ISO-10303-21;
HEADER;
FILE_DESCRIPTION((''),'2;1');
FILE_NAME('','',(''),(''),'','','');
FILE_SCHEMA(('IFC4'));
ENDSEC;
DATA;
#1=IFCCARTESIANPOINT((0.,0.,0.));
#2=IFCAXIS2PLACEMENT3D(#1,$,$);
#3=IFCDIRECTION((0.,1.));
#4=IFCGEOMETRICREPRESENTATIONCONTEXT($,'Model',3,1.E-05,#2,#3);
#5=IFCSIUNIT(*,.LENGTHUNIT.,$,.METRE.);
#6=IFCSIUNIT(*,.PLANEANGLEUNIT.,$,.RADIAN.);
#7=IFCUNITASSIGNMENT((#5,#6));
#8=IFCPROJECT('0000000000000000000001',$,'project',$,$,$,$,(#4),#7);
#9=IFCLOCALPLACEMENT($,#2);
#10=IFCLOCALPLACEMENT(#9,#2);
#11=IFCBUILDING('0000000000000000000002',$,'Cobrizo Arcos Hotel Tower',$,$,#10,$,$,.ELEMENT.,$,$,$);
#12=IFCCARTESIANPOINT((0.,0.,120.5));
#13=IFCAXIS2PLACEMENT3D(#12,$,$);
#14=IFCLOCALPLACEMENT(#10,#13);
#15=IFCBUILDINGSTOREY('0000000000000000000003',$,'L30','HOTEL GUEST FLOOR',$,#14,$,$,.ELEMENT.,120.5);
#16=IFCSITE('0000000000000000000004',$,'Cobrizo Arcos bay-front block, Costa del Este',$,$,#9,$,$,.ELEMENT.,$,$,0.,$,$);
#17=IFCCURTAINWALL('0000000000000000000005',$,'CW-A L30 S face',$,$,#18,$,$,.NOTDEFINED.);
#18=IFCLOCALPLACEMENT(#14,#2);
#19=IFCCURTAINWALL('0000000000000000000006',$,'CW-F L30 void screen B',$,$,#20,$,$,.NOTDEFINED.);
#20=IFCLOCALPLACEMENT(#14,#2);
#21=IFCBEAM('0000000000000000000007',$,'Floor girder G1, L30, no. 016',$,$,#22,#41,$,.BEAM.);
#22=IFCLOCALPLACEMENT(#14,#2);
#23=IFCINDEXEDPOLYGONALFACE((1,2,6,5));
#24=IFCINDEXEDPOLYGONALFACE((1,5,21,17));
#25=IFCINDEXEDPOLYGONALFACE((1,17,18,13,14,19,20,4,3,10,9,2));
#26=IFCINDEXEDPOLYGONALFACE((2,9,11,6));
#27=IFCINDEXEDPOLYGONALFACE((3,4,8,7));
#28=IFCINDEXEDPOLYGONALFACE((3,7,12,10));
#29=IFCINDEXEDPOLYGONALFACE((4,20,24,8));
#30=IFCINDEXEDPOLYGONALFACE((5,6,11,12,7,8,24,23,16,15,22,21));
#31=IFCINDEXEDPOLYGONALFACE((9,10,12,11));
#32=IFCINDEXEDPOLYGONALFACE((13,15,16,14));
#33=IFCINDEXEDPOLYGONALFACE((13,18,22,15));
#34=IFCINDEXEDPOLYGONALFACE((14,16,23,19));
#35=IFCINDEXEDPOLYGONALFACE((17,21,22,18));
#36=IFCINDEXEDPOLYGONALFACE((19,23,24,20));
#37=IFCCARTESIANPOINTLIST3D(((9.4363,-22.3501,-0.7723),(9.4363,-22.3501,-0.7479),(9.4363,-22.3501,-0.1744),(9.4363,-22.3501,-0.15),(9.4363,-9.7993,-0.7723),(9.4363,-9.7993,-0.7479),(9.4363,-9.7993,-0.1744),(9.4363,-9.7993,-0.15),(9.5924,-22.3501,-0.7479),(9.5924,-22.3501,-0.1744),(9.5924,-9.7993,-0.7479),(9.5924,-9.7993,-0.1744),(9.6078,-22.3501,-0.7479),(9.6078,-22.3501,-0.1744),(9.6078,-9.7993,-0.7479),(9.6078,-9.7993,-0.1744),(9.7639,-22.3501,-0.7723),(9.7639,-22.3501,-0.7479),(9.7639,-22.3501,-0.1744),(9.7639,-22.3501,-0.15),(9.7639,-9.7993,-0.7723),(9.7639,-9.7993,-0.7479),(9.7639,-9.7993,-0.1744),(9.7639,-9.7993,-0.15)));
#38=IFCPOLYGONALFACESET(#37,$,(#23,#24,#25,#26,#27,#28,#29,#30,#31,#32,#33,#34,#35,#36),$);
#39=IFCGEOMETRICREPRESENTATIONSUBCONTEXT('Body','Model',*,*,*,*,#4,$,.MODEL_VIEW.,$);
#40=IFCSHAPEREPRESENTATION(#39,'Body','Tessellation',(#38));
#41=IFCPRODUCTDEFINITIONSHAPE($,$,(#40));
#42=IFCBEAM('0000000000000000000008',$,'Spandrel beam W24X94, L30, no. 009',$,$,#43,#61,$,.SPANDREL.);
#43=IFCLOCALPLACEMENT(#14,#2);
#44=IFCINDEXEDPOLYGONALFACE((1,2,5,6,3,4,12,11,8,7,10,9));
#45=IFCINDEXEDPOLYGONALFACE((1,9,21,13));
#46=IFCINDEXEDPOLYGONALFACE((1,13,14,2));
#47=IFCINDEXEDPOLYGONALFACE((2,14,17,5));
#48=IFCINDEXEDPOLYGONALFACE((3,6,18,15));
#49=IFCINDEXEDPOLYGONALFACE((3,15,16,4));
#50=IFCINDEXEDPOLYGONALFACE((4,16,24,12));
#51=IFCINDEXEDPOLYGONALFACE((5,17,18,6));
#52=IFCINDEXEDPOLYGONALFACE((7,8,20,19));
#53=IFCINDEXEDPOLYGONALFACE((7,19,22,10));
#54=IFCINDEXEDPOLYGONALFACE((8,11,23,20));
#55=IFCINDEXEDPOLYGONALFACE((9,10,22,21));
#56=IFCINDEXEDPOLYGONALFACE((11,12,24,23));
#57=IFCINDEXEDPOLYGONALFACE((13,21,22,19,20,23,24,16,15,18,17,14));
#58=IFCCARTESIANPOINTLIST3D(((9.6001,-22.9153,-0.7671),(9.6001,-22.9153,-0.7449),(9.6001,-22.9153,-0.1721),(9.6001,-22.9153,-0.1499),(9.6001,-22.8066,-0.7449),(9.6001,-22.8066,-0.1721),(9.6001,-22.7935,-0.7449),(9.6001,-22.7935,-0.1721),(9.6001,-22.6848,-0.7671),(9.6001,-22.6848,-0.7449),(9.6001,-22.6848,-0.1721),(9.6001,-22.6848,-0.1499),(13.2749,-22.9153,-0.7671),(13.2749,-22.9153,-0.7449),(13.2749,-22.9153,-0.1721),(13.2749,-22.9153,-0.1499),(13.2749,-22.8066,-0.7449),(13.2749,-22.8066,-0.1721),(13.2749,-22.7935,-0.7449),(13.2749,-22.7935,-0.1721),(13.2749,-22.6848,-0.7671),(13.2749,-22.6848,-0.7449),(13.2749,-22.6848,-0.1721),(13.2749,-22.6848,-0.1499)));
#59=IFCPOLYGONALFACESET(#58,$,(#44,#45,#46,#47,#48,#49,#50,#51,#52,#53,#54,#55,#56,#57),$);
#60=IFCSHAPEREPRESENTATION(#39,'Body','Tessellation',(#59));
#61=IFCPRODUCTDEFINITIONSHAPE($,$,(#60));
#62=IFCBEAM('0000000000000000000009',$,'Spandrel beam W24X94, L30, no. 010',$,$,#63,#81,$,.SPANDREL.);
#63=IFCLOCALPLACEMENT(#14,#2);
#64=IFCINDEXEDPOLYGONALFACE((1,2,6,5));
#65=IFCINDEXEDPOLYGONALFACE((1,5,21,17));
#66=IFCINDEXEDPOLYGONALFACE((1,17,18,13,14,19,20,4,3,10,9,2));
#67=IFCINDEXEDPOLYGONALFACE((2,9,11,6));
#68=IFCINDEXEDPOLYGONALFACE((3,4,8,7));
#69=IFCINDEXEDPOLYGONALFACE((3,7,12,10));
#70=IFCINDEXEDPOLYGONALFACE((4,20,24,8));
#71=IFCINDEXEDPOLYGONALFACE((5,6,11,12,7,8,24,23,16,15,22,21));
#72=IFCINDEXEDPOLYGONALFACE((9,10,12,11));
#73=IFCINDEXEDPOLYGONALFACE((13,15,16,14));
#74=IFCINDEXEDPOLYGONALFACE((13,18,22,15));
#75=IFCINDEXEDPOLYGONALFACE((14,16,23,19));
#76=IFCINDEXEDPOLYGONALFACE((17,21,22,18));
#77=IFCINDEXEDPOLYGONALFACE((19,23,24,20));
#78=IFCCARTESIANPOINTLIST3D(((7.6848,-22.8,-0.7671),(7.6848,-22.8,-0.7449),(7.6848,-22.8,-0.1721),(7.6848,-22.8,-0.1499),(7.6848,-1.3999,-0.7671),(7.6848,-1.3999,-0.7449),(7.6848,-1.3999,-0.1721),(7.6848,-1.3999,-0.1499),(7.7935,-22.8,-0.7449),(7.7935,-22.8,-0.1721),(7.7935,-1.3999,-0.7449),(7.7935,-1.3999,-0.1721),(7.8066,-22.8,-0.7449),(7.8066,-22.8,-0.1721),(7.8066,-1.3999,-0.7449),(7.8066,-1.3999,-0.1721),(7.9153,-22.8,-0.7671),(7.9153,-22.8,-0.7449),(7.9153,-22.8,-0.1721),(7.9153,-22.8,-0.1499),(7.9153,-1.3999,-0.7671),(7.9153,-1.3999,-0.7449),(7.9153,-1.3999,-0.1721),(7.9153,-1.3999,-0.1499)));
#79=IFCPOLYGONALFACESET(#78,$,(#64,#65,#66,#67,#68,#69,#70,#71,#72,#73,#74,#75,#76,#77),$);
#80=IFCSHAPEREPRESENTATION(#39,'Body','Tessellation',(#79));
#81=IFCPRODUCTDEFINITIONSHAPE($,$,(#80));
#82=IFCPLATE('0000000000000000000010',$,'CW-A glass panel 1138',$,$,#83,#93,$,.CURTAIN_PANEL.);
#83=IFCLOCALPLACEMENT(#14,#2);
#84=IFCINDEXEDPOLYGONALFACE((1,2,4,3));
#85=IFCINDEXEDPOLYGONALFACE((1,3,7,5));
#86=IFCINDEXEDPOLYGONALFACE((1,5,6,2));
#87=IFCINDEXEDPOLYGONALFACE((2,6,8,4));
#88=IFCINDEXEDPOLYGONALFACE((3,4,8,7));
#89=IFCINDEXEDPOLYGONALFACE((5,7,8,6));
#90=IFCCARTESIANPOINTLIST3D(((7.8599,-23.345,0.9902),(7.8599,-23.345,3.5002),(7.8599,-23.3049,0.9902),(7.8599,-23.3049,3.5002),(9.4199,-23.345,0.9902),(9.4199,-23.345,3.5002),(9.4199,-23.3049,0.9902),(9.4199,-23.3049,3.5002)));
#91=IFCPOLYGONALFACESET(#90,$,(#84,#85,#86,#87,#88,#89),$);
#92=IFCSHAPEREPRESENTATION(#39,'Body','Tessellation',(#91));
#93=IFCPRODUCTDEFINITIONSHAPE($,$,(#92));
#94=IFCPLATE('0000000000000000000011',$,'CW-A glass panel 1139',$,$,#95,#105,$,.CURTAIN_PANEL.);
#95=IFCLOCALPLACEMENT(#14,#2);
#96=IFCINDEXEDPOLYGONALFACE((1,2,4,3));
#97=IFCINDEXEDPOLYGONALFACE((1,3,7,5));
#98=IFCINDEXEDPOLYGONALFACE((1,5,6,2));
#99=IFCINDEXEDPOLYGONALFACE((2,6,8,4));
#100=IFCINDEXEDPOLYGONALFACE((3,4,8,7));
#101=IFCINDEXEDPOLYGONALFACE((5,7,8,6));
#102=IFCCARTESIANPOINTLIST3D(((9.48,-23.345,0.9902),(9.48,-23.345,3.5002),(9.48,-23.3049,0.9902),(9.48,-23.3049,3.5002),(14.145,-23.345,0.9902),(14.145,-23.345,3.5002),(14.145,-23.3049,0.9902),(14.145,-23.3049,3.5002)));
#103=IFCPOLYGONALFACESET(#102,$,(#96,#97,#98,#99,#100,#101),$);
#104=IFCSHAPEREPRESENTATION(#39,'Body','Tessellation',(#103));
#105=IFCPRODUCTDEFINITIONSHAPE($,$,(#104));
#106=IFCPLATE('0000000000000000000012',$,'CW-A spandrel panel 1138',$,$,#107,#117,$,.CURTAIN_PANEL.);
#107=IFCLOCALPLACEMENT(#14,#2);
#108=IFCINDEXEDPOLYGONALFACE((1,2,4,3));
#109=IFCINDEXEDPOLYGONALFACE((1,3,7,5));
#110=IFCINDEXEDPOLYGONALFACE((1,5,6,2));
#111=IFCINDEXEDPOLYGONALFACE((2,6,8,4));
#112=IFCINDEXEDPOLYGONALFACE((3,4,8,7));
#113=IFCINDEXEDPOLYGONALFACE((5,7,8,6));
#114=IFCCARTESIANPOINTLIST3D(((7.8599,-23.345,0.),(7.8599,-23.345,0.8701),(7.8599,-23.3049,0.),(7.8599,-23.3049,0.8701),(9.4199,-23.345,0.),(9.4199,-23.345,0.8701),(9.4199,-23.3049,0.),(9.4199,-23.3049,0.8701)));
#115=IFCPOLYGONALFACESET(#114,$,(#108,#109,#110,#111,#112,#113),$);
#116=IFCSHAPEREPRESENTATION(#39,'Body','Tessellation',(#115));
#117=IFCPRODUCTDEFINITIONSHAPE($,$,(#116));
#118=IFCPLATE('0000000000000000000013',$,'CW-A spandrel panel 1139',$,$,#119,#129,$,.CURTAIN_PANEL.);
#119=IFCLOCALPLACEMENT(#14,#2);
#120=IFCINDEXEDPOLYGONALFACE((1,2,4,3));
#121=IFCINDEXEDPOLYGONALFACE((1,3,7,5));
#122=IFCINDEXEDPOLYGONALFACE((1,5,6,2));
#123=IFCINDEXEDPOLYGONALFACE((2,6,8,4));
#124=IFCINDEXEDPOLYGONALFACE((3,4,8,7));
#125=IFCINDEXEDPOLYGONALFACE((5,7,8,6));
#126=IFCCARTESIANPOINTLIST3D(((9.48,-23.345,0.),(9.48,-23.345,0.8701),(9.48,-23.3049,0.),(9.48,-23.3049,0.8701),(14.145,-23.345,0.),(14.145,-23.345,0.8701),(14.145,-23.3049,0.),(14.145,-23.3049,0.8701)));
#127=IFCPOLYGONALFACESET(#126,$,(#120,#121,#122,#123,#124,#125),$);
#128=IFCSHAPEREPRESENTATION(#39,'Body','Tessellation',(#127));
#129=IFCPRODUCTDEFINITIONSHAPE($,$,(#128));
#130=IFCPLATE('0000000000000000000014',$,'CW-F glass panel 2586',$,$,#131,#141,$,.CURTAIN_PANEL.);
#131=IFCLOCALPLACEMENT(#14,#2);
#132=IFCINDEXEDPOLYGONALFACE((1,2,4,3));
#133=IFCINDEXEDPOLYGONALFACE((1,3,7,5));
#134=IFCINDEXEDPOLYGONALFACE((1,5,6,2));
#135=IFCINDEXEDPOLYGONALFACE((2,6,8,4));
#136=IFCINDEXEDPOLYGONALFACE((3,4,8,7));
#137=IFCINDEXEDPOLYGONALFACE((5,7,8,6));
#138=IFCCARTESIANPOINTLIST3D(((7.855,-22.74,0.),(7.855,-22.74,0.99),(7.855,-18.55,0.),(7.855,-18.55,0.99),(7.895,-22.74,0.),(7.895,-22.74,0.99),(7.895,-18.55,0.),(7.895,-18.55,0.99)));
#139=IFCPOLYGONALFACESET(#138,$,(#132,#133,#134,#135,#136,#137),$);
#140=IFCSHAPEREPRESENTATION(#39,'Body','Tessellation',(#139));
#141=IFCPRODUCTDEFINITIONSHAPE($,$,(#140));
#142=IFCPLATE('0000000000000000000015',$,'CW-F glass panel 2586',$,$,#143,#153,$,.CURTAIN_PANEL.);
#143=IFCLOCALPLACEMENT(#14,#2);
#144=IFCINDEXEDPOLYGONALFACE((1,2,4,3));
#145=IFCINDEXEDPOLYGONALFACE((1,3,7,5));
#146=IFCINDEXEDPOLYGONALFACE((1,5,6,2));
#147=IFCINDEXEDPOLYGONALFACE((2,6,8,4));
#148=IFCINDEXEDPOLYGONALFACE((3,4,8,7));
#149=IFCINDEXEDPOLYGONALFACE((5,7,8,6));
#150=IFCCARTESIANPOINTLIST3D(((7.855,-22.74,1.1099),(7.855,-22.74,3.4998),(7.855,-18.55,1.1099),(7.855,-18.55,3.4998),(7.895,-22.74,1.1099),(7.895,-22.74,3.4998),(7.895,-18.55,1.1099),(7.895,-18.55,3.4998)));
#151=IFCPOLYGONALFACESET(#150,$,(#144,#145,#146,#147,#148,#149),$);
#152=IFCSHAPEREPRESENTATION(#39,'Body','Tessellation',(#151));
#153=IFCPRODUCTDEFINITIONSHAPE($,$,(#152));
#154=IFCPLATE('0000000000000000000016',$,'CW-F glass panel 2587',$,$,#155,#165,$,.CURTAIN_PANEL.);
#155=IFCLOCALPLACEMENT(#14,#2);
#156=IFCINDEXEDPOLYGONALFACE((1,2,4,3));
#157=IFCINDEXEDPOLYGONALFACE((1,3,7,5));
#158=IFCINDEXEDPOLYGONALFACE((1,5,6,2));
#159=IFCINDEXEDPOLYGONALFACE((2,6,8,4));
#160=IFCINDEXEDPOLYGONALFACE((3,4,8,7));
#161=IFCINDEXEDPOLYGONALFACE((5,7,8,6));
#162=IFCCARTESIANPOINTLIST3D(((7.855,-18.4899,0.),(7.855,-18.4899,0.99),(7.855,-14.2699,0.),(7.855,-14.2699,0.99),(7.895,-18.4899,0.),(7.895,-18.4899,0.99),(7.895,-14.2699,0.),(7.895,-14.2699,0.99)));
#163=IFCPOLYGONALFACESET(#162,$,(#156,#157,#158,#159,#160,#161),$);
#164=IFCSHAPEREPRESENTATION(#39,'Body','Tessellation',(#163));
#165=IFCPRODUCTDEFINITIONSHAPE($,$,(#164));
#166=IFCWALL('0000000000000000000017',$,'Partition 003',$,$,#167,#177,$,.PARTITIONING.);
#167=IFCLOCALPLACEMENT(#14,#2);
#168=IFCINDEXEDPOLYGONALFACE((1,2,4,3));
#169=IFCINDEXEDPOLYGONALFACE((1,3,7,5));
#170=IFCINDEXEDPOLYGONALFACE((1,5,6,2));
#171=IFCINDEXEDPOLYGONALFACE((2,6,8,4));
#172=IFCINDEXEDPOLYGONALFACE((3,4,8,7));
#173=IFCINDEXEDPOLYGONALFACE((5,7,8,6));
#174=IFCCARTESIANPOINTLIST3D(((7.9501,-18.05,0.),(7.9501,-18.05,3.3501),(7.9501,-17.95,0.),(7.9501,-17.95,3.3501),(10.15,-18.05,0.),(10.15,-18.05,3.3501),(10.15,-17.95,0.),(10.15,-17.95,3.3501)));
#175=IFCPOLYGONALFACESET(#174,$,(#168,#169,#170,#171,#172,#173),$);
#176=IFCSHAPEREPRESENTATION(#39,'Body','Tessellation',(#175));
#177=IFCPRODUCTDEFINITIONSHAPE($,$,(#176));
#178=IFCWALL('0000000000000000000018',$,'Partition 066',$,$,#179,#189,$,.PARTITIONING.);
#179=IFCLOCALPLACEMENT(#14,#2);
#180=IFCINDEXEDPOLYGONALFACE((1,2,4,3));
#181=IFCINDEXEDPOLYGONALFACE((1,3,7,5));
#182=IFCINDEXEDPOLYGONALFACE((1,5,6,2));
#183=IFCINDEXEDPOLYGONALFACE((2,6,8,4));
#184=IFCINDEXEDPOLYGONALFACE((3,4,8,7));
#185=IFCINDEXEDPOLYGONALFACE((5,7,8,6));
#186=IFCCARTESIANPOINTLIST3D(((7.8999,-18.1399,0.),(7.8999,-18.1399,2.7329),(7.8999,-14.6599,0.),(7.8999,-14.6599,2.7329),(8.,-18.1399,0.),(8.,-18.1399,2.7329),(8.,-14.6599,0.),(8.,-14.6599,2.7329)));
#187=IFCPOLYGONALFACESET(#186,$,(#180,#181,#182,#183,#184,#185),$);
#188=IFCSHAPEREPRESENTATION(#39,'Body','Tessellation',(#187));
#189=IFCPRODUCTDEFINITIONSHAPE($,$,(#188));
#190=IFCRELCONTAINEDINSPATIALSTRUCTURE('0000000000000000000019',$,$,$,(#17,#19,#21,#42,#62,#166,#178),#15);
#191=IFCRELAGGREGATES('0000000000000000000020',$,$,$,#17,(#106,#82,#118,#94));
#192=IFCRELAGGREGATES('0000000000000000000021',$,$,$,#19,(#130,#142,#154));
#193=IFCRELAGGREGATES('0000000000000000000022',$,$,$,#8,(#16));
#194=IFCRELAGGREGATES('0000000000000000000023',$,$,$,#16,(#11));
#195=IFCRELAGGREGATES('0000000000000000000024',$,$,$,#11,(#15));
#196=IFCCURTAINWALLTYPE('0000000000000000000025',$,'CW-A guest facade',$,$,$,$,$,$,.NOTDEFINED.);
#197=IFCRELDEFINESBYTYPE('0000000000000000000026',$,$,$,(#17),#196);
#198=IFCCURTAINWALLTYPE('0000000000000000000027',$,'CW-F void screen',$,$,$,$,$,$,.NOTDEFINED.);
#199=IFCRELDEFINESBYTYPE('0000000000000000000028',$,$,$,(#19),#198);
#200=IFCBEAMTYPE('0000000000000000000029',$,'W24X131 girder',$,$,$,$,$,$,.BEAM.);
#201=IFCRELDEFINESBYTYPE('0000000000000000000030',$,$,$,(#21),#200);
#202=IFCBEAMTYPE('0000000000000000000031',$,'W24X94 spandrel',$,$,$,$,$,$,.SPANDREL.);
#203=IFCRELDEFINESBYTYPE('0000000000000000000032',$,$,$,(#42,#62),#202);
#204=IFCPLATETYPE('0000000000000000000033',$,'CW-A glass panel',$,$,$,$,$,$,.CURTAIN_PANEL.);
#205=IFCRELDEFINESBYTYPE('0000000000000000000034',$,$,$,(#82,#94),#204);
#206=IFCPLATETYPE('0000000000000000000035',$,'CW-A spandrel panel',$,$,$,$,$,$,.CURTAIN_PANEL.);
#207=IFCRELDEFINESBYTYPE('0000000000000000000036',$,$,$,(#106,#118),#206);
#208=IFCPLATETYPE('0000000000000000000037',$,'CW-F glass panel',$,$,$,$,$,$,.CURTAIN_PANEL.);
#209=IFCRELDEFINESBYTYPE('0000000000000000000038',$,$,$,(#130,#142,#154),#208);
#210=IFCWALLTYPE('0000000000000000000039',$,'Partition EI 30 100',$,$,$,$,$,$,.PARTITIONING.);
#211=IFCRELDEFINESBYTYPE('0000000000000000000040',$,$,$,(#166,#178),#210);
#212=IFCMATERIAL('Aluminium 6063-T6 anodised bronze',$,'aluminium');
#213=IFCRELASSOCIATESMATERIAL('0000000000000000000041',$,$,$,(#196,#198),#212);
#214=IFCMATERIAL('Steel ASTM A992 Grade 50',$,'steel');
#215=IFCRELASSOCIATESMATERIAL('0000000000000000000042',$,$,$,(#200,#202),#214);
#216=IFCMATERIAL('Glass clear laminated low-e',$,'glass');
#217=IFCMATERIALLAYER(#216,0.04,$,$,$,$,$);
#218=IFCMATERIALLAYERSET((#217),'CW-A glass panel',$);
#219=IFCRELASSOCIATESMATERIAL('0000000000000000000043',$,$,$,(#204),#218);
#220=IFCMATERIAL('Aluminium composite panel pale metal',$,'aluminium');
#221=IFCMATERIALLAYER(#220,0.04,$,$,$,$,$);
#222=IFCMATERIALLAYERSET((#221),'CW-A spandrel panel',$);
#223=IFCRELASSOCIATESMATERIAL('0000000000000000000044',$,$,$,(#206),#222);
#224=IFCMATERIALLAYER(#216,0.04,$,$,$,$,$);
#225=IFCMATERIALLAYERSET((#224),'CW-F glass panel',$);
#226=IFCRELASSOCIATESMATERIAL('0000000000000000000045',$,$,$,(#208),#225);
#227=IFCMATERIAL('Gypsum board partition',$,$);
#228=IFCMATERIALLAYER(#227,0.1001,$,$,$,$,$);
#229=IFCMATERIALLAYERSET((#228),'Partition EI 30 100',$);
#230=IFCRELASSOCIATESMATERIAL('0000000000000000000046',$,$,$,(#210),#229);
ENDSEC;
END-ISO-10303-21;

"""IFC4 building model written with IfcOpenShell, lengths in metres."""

from ifc_helpers import new_model, si_unit, direction, frame, frame_2d, origin, origin_2d, place, context, subcontext, project, spatial, rectangle, i_section, extrude, material, layer, layer_set, material_profile, profile_set, type_object, element, aggregate, save


model = new_model("IFC4")

# Units and contexts
model_context = context("Model", 3, precision=1e-05, world=origin(), true_north=direction((0.0, 1.0)))
body_context = subcontext(model_context, "Body", "Model", "MODEL_VIEW")
ifc_project = project(units=[si_unit("LENGTHUNIT", "METRE"), si_unit("PLANEANGLEUNIT", "RADIAN")], contexts=[model_context])

# Site, building, storey
site_placement = place(None, origin())
site = spatial("IfcSite", under=ifc_project, at=site_placement, Name="Cobrizo Arcos bay-front block, Costa del Este", CompositionType="ELEMENT", RefElevation=0.0)
building_placement = place(site_placement, origin())
building = spatial("IfcBuilding", under=site, at=building_placement, Name="Cobrizo Arcos Hotel Tower", CompositionType="ELEMENT")
storey_placement = place(building_placement, frame((0.0, 0.0, 120.5)))
storey = spatial("IfcBuildingStorey", under=building, at=storey_placement, Name="L30", Description="HOTEL GUEST FLOOR", CompositionType="ELEMENT", Elevation=120.5)

# Curtain walls
ifc_material_1 = material(Name="Aluminium 6063-T6 anodised bronze", Category="aluminium")
curtain_wall_type_1 = type_object("IfcCurtainWallType", Name="CW-A guest facade", PredefinedType="NOTDEFINED", material=ifc_material_1)
curtain_wall_1_placement = place(storey_placement, origin())
curtain_wall_1 = element("IfcCurtainWall", 1, at=curtain_wall_1_placement, inside=storey, type_object=curtain_wall_type_1, Name="CW-A L30 S face", PredefinedType="NOTDEFINED")
curtain_wall_type_2 = type_object("IfcCurtainWallType", Name="CW-F void screen", PredefinedType="NOTDEFINED", material=ifc_material_1)
curtain_wall_2_placement = place(storey_placement, origin())
curtain_wall_2 = element("IfcCurtainWall", 2, at=curtain_wall_2_placement, inside=storey, type_object=curtain_wall_type_2, Name="CW-F L30 void screen B", PredefinedType="NOTDEFINED")

# Beams
ifc_material_2 = material(Name="Steel ASTM A992 Grade 50", Category="steel")
ifc_material_profile_1 = material_profile(ifc_material_2, i_section(OverallWidth=0.3276, OverallDepth=0.6223, WebThickness=0.0154, FlangeThickness=0.0244, at=origin_2d()), Name="W24X131")
ifc_profile_set_1 = profile_set([ifc_material_profile_1], Name="Steel ASTM A992 Grade 50")
beam_type_1 = type_object("IfcBeamType", Name="W24X131 girder", PredefinedType="BEAM", material=ifc_profile_set_1)
beam_1_placement = place(storey_placement, frame((9.6001, -22.3501, -0.4612), z_axis=(0.0, 1.0, 0.0), x_axis=(-1.0, 0.0, 0.0)))
element("IfcBeam", 3, at=beam_1_placement, inside=storey, type_object=beam_type_1, Name="Floor girder G1, L30, no. 016", PredefinedType="BEAM", context=body_context, shape_type="SweptSolid", body=[
    extrude(i_section(OverallWidth=0.3276, OverallDepth=0.6223, WebThickness=0.0154, FlangeThickness=0.0244, at=origin_2d()), origin(), (0.0, 0.0, 1.0), 12.5508),
])
ifc_material_profile_2 = material_profile(ifc_material_2, i_section(OverallWidth=0.2305, OverallDepth=0.6172, WebThickness=0.0132, FlangeThickness=0.0222, at=origin_2d()), Name="W24X94")
ifc_profile_set_2 = profile_set([ifc_material_profile_2], Name="Steel ASTM A992 Grade 50")
beam_type_2 = type_object("IfcBeamType", Name="W24X94 spandrel", PredefinedType="SPANDREL", material=ifc_profile_set_2)
beam_2_placement = place(storey_placement, frame((13.2749, -22.8, -0.4585), z_axis=(-1.0, 0.0, 0.0), x_axis=(0.0, -1.0, 0.0)))
element("IfcBeam", 4, at=beam_2_placement, inside=storey, type_object=beam_type_2, Name="Spandrel beam W24X94, L30, no. 009", PredefinedType="SPANDREL", context=body_context, shape_type="SweptSolid", body=[
    extrude(i_section(OverallWidth=0.2305, OverallDepth=0.6172, WebThickness=0.0132, FlangeThickness=0.0222, at=origin_2d()), origin(), (0.0, 0.0, 1.0), 3.6748),
])
beam_3_placement = place(storey_placement, frame((7.8, -22.8, -0.4585), z_axis=(0.0, 1.0, 0.0), x_axis=(-1.0, 0.0, 0.0)))
element("IfcBeam", 5, at=beam_3_placement, inside=storey, type_object=beam_type_2, Name="Spandrel beam W24X94, L30, no. 010", PredefinedType="SPANDREL", context=body_context, shape_type="SweptSolid", body=[
    extrude(i_section(OverallWidth=0.2305, OverallDepth=0.6172, WebThickness=0.0132, FlangeThickness=0.0222, at=origin_2d()), origin(), (0.0, 0.0, 1.0), 21.4001),
])

# Plates
ifc_material_3 = material(Name="Glass clear laminated low-e", Category="glass")
ifc_layer_1 = layer(ifc_material_3, 0.04)
ifc_layer_set_1 = layer_set([ifc_layer_1], Name="CW-A glass panel")
plate_type_1 = type_object("IfcPlateType", Name="CW-A glass panel", PredefinedType="CURTAIN_PANEL", material=ifc_layer_set_1)
plate_1_placement = place(storey_placement, frame((8.6399, -23.325, 0.9902), z_axis=(0.0, 0.0, 1.0), x_axis=(1.0, 0.0, 0.0)))
plate_1 = element("IfcPlate", 6, at=plate_1_placement, type_object=plate_type_1, Name="CW-A glass panel 1138", PredefinedType="CURTAIN_PANEL", context=body_context, shape_type="SweptSolid", body=[
    extrude(rectangle(XDim=1.5601, YDim=0.04, at=origin_2d()), origin(), (0.0, 0.0, 1.0), 2.51),
])
plate_2_placement = place(storey_placement, frame((11.8125, -23.325, 0.9902), z_axis=(0.0, 0.0, 1.0), x_axis=(1.0, 0.0, 0.0)))
plate_2 = element("IfcPlate", 7, at=plate_2_placement, type_object=plate_type_1, Name="CW-A glass panel 1139", PredefinedType="CURTAIN_PANEL", context=body_context, shape_type="SweptSolid", body=[
    extrude(rectangle(XDim=4.665, YDim=0.04, at=origin_2d()), origin(), (0.0, 0.0, 1.0), 2.51),
])
ifc_material_4 = material(Name="Aluminium composite panel pale metal", Category="aluminium")
ifc_layer_2 = layer(ifc_material_4, 0.04)
ifc_layer_set_2 = layer_set([ifc_layer_2], Name="CW-A spandrel panel")
plate_type_2 = type_object("IfcPlateType", Name="CW-A spandrel panel", PredefinedType="CURTAIN_PANEL", material=ifc_layer_set_2)
plate_3_placement = place(storey_placement, frame((8.6399, -23.325, 0.0), z_axis=(0.0, 0.0, 1.0), x_axis=(1.0, 0.0, 0.0)))
plate_3 = element("IfcPlate", 8, at=plate_3_placement, type_object=plate_type_2, Name="CW-A spandrel panel 1138", PredefinedType="CURTAIN_PANEL", context=body_context, shape_type="SweptSolid", body=[
    extrude(rectangle(XDim=1.5601, YDim=0.04, at=origin_2d()), origin(), (0.0, 0.0, 1.0), 0.8701),
])
plate_4_placement = place(storey_placement, frame((11.8125, -23.325, 0.0), z_axis=(0.0, 0.0, 1.0), x_axis=(1.0, 0.0, 0.0)))
plate_4 = element("IfcPlate", 9, at=plate_4_placement, type_object=plate_type_2, Name="CW-A spandrel panel 1139", PredefinedType="CURTAIN_PANEL", context=body_context, shape_type="SweptSolid", body=[
    extrude(rectangle(XDim=4.665, YDim=0.04, at=origin_2d()), origin(), (0.0, 0.0, 1.0), 0.8701),
])
aggregate(curtain_wall_1, [plate_3, plate_1, plate_4, plate_2])
ifc_layer_3 = layer(ifc_material_3, 0.04)
ifc_layer_set_3 = layer_set([ifc_layer_3], Name="CW-F glass panel")
plate_type_3 = type_object("IfcPlateType", Name="CW-F glass panel", PredefinedType="CURTAIN_PANEL", material=ifc_layer_set_3)
plate_5_placement = place(storey_placement, frame((7.875, -20.645, 0.0), z_axis=(0.0, 0.0, 1.0), x_axis=(0.0, 1.0, 0.0)))
plate_5 = element("IfcPlate", 10, at=plate_5_placement, type_object=plate_type_3, Name="CW-F glass panel 2586", PredefinedType="CURTAIN_PANEL", context=body_context, shape_type="SweptSolid", body=[
    extrude(rectangle(XDim=4.1899, YDim=0.04, at=origin_2d()), origin(), (0.0, 0.0, 1.0), 0.99),
])
plate_6_placement = place(storey_placement, frame((7.875, -20.645, 1.1099), z_axis=(0.0, 0.0, 1.0), x_axis=(0.0, 1.0, 0.0)))
plate_6 = element("IfcPlate", 11, at=plate_6_placement, type_object=plate_type_3, Name="CW-F glass panel 2586", PredefinedType="CURTAIN_PANEL", context=body_context, shape_type="SweptSolid", body=[
    extrude(rectangle(XDim=4.1899, YDim=0.04, at=origin_2d()), origin(), (0.0, 0.0, 1.0), 2.3899),
])
plate_7_placement = place(storey_placement, frame((7.875, -16.3799, 0.0), z_axis=(0.0, 0.0, 1.0), x_axis=(0.0, 1.0, 0.0)))
plate_7 = element("IfcPlate", 12, at=plate_7_placement, type_object=plate_type_3, Name="CW-F glass panel 2587", PredefinedType="CURTAIN_PANEL", context=body_context, shape_type="SweptSolid", body=[
    extrude(rectangle(XDim=4.22, YDim=0.04, at=origin_2d()), origin(), (0.0, 0.0, 1.0), 0.99),
])
aggregate(curtain_wall_2, [plate_5, plate_6, plate_7])

# Walls
ifc_material_5 = material(Name="Gypsum board partition")
ifc_layer_4 = layer(ifc_material_5, 0.1001)
ifc_layer_set_4 = layer_set([ifc_layer_4], Name="Partition EI 30 100")
wall_type = type_object("IfcWallType", Name="Partition EI 30 100", PredefinedType="PARTITIONING", material=ifc_layer_set_4)
wall_1_placement = place(storey_placement, frame((7.95, -18.0, 0.0), z_axis=(0.0, 0.0, 1.0), x_axis=(1.0, 0.0, 0.0)))
element("IfcWall", 13, at=wall_1_placement, inside=storey, type_object=wall_type, Name="Partition 003", PredefinedType="PARTITIONING", context=body_context, shape_type="SweptSolid", body=[
    extrude(rectangle(XDim=2.2, YDim=0.1001, at=frame_2d((1.1001, 0.0))), origin(), (0.0, 0.0, 1.0), 3.3501),
])
wall_2_placement = place(storey_placement, frame((7.95, -18.1399, 0.0), z_axis=(0.0, 0.0, 1.0), x_axis=(0.0, 1.0, 0.0)))
element("IfcWall", 14, at=wall_2_placement, inside=storey, type_object=wall_type, Name="Partition 066", PredefinedType="PARTITIONING", context=body_context, shape_type="SweptSolid", body=[
    extrude(rectangle(XDim=3.48, YDim=0.1001, at=frame_2d((1.74, 0.0))), origin(), (0.0, 0.0, 1.0), 2.7329),
])

save(model, "model.ifc")
